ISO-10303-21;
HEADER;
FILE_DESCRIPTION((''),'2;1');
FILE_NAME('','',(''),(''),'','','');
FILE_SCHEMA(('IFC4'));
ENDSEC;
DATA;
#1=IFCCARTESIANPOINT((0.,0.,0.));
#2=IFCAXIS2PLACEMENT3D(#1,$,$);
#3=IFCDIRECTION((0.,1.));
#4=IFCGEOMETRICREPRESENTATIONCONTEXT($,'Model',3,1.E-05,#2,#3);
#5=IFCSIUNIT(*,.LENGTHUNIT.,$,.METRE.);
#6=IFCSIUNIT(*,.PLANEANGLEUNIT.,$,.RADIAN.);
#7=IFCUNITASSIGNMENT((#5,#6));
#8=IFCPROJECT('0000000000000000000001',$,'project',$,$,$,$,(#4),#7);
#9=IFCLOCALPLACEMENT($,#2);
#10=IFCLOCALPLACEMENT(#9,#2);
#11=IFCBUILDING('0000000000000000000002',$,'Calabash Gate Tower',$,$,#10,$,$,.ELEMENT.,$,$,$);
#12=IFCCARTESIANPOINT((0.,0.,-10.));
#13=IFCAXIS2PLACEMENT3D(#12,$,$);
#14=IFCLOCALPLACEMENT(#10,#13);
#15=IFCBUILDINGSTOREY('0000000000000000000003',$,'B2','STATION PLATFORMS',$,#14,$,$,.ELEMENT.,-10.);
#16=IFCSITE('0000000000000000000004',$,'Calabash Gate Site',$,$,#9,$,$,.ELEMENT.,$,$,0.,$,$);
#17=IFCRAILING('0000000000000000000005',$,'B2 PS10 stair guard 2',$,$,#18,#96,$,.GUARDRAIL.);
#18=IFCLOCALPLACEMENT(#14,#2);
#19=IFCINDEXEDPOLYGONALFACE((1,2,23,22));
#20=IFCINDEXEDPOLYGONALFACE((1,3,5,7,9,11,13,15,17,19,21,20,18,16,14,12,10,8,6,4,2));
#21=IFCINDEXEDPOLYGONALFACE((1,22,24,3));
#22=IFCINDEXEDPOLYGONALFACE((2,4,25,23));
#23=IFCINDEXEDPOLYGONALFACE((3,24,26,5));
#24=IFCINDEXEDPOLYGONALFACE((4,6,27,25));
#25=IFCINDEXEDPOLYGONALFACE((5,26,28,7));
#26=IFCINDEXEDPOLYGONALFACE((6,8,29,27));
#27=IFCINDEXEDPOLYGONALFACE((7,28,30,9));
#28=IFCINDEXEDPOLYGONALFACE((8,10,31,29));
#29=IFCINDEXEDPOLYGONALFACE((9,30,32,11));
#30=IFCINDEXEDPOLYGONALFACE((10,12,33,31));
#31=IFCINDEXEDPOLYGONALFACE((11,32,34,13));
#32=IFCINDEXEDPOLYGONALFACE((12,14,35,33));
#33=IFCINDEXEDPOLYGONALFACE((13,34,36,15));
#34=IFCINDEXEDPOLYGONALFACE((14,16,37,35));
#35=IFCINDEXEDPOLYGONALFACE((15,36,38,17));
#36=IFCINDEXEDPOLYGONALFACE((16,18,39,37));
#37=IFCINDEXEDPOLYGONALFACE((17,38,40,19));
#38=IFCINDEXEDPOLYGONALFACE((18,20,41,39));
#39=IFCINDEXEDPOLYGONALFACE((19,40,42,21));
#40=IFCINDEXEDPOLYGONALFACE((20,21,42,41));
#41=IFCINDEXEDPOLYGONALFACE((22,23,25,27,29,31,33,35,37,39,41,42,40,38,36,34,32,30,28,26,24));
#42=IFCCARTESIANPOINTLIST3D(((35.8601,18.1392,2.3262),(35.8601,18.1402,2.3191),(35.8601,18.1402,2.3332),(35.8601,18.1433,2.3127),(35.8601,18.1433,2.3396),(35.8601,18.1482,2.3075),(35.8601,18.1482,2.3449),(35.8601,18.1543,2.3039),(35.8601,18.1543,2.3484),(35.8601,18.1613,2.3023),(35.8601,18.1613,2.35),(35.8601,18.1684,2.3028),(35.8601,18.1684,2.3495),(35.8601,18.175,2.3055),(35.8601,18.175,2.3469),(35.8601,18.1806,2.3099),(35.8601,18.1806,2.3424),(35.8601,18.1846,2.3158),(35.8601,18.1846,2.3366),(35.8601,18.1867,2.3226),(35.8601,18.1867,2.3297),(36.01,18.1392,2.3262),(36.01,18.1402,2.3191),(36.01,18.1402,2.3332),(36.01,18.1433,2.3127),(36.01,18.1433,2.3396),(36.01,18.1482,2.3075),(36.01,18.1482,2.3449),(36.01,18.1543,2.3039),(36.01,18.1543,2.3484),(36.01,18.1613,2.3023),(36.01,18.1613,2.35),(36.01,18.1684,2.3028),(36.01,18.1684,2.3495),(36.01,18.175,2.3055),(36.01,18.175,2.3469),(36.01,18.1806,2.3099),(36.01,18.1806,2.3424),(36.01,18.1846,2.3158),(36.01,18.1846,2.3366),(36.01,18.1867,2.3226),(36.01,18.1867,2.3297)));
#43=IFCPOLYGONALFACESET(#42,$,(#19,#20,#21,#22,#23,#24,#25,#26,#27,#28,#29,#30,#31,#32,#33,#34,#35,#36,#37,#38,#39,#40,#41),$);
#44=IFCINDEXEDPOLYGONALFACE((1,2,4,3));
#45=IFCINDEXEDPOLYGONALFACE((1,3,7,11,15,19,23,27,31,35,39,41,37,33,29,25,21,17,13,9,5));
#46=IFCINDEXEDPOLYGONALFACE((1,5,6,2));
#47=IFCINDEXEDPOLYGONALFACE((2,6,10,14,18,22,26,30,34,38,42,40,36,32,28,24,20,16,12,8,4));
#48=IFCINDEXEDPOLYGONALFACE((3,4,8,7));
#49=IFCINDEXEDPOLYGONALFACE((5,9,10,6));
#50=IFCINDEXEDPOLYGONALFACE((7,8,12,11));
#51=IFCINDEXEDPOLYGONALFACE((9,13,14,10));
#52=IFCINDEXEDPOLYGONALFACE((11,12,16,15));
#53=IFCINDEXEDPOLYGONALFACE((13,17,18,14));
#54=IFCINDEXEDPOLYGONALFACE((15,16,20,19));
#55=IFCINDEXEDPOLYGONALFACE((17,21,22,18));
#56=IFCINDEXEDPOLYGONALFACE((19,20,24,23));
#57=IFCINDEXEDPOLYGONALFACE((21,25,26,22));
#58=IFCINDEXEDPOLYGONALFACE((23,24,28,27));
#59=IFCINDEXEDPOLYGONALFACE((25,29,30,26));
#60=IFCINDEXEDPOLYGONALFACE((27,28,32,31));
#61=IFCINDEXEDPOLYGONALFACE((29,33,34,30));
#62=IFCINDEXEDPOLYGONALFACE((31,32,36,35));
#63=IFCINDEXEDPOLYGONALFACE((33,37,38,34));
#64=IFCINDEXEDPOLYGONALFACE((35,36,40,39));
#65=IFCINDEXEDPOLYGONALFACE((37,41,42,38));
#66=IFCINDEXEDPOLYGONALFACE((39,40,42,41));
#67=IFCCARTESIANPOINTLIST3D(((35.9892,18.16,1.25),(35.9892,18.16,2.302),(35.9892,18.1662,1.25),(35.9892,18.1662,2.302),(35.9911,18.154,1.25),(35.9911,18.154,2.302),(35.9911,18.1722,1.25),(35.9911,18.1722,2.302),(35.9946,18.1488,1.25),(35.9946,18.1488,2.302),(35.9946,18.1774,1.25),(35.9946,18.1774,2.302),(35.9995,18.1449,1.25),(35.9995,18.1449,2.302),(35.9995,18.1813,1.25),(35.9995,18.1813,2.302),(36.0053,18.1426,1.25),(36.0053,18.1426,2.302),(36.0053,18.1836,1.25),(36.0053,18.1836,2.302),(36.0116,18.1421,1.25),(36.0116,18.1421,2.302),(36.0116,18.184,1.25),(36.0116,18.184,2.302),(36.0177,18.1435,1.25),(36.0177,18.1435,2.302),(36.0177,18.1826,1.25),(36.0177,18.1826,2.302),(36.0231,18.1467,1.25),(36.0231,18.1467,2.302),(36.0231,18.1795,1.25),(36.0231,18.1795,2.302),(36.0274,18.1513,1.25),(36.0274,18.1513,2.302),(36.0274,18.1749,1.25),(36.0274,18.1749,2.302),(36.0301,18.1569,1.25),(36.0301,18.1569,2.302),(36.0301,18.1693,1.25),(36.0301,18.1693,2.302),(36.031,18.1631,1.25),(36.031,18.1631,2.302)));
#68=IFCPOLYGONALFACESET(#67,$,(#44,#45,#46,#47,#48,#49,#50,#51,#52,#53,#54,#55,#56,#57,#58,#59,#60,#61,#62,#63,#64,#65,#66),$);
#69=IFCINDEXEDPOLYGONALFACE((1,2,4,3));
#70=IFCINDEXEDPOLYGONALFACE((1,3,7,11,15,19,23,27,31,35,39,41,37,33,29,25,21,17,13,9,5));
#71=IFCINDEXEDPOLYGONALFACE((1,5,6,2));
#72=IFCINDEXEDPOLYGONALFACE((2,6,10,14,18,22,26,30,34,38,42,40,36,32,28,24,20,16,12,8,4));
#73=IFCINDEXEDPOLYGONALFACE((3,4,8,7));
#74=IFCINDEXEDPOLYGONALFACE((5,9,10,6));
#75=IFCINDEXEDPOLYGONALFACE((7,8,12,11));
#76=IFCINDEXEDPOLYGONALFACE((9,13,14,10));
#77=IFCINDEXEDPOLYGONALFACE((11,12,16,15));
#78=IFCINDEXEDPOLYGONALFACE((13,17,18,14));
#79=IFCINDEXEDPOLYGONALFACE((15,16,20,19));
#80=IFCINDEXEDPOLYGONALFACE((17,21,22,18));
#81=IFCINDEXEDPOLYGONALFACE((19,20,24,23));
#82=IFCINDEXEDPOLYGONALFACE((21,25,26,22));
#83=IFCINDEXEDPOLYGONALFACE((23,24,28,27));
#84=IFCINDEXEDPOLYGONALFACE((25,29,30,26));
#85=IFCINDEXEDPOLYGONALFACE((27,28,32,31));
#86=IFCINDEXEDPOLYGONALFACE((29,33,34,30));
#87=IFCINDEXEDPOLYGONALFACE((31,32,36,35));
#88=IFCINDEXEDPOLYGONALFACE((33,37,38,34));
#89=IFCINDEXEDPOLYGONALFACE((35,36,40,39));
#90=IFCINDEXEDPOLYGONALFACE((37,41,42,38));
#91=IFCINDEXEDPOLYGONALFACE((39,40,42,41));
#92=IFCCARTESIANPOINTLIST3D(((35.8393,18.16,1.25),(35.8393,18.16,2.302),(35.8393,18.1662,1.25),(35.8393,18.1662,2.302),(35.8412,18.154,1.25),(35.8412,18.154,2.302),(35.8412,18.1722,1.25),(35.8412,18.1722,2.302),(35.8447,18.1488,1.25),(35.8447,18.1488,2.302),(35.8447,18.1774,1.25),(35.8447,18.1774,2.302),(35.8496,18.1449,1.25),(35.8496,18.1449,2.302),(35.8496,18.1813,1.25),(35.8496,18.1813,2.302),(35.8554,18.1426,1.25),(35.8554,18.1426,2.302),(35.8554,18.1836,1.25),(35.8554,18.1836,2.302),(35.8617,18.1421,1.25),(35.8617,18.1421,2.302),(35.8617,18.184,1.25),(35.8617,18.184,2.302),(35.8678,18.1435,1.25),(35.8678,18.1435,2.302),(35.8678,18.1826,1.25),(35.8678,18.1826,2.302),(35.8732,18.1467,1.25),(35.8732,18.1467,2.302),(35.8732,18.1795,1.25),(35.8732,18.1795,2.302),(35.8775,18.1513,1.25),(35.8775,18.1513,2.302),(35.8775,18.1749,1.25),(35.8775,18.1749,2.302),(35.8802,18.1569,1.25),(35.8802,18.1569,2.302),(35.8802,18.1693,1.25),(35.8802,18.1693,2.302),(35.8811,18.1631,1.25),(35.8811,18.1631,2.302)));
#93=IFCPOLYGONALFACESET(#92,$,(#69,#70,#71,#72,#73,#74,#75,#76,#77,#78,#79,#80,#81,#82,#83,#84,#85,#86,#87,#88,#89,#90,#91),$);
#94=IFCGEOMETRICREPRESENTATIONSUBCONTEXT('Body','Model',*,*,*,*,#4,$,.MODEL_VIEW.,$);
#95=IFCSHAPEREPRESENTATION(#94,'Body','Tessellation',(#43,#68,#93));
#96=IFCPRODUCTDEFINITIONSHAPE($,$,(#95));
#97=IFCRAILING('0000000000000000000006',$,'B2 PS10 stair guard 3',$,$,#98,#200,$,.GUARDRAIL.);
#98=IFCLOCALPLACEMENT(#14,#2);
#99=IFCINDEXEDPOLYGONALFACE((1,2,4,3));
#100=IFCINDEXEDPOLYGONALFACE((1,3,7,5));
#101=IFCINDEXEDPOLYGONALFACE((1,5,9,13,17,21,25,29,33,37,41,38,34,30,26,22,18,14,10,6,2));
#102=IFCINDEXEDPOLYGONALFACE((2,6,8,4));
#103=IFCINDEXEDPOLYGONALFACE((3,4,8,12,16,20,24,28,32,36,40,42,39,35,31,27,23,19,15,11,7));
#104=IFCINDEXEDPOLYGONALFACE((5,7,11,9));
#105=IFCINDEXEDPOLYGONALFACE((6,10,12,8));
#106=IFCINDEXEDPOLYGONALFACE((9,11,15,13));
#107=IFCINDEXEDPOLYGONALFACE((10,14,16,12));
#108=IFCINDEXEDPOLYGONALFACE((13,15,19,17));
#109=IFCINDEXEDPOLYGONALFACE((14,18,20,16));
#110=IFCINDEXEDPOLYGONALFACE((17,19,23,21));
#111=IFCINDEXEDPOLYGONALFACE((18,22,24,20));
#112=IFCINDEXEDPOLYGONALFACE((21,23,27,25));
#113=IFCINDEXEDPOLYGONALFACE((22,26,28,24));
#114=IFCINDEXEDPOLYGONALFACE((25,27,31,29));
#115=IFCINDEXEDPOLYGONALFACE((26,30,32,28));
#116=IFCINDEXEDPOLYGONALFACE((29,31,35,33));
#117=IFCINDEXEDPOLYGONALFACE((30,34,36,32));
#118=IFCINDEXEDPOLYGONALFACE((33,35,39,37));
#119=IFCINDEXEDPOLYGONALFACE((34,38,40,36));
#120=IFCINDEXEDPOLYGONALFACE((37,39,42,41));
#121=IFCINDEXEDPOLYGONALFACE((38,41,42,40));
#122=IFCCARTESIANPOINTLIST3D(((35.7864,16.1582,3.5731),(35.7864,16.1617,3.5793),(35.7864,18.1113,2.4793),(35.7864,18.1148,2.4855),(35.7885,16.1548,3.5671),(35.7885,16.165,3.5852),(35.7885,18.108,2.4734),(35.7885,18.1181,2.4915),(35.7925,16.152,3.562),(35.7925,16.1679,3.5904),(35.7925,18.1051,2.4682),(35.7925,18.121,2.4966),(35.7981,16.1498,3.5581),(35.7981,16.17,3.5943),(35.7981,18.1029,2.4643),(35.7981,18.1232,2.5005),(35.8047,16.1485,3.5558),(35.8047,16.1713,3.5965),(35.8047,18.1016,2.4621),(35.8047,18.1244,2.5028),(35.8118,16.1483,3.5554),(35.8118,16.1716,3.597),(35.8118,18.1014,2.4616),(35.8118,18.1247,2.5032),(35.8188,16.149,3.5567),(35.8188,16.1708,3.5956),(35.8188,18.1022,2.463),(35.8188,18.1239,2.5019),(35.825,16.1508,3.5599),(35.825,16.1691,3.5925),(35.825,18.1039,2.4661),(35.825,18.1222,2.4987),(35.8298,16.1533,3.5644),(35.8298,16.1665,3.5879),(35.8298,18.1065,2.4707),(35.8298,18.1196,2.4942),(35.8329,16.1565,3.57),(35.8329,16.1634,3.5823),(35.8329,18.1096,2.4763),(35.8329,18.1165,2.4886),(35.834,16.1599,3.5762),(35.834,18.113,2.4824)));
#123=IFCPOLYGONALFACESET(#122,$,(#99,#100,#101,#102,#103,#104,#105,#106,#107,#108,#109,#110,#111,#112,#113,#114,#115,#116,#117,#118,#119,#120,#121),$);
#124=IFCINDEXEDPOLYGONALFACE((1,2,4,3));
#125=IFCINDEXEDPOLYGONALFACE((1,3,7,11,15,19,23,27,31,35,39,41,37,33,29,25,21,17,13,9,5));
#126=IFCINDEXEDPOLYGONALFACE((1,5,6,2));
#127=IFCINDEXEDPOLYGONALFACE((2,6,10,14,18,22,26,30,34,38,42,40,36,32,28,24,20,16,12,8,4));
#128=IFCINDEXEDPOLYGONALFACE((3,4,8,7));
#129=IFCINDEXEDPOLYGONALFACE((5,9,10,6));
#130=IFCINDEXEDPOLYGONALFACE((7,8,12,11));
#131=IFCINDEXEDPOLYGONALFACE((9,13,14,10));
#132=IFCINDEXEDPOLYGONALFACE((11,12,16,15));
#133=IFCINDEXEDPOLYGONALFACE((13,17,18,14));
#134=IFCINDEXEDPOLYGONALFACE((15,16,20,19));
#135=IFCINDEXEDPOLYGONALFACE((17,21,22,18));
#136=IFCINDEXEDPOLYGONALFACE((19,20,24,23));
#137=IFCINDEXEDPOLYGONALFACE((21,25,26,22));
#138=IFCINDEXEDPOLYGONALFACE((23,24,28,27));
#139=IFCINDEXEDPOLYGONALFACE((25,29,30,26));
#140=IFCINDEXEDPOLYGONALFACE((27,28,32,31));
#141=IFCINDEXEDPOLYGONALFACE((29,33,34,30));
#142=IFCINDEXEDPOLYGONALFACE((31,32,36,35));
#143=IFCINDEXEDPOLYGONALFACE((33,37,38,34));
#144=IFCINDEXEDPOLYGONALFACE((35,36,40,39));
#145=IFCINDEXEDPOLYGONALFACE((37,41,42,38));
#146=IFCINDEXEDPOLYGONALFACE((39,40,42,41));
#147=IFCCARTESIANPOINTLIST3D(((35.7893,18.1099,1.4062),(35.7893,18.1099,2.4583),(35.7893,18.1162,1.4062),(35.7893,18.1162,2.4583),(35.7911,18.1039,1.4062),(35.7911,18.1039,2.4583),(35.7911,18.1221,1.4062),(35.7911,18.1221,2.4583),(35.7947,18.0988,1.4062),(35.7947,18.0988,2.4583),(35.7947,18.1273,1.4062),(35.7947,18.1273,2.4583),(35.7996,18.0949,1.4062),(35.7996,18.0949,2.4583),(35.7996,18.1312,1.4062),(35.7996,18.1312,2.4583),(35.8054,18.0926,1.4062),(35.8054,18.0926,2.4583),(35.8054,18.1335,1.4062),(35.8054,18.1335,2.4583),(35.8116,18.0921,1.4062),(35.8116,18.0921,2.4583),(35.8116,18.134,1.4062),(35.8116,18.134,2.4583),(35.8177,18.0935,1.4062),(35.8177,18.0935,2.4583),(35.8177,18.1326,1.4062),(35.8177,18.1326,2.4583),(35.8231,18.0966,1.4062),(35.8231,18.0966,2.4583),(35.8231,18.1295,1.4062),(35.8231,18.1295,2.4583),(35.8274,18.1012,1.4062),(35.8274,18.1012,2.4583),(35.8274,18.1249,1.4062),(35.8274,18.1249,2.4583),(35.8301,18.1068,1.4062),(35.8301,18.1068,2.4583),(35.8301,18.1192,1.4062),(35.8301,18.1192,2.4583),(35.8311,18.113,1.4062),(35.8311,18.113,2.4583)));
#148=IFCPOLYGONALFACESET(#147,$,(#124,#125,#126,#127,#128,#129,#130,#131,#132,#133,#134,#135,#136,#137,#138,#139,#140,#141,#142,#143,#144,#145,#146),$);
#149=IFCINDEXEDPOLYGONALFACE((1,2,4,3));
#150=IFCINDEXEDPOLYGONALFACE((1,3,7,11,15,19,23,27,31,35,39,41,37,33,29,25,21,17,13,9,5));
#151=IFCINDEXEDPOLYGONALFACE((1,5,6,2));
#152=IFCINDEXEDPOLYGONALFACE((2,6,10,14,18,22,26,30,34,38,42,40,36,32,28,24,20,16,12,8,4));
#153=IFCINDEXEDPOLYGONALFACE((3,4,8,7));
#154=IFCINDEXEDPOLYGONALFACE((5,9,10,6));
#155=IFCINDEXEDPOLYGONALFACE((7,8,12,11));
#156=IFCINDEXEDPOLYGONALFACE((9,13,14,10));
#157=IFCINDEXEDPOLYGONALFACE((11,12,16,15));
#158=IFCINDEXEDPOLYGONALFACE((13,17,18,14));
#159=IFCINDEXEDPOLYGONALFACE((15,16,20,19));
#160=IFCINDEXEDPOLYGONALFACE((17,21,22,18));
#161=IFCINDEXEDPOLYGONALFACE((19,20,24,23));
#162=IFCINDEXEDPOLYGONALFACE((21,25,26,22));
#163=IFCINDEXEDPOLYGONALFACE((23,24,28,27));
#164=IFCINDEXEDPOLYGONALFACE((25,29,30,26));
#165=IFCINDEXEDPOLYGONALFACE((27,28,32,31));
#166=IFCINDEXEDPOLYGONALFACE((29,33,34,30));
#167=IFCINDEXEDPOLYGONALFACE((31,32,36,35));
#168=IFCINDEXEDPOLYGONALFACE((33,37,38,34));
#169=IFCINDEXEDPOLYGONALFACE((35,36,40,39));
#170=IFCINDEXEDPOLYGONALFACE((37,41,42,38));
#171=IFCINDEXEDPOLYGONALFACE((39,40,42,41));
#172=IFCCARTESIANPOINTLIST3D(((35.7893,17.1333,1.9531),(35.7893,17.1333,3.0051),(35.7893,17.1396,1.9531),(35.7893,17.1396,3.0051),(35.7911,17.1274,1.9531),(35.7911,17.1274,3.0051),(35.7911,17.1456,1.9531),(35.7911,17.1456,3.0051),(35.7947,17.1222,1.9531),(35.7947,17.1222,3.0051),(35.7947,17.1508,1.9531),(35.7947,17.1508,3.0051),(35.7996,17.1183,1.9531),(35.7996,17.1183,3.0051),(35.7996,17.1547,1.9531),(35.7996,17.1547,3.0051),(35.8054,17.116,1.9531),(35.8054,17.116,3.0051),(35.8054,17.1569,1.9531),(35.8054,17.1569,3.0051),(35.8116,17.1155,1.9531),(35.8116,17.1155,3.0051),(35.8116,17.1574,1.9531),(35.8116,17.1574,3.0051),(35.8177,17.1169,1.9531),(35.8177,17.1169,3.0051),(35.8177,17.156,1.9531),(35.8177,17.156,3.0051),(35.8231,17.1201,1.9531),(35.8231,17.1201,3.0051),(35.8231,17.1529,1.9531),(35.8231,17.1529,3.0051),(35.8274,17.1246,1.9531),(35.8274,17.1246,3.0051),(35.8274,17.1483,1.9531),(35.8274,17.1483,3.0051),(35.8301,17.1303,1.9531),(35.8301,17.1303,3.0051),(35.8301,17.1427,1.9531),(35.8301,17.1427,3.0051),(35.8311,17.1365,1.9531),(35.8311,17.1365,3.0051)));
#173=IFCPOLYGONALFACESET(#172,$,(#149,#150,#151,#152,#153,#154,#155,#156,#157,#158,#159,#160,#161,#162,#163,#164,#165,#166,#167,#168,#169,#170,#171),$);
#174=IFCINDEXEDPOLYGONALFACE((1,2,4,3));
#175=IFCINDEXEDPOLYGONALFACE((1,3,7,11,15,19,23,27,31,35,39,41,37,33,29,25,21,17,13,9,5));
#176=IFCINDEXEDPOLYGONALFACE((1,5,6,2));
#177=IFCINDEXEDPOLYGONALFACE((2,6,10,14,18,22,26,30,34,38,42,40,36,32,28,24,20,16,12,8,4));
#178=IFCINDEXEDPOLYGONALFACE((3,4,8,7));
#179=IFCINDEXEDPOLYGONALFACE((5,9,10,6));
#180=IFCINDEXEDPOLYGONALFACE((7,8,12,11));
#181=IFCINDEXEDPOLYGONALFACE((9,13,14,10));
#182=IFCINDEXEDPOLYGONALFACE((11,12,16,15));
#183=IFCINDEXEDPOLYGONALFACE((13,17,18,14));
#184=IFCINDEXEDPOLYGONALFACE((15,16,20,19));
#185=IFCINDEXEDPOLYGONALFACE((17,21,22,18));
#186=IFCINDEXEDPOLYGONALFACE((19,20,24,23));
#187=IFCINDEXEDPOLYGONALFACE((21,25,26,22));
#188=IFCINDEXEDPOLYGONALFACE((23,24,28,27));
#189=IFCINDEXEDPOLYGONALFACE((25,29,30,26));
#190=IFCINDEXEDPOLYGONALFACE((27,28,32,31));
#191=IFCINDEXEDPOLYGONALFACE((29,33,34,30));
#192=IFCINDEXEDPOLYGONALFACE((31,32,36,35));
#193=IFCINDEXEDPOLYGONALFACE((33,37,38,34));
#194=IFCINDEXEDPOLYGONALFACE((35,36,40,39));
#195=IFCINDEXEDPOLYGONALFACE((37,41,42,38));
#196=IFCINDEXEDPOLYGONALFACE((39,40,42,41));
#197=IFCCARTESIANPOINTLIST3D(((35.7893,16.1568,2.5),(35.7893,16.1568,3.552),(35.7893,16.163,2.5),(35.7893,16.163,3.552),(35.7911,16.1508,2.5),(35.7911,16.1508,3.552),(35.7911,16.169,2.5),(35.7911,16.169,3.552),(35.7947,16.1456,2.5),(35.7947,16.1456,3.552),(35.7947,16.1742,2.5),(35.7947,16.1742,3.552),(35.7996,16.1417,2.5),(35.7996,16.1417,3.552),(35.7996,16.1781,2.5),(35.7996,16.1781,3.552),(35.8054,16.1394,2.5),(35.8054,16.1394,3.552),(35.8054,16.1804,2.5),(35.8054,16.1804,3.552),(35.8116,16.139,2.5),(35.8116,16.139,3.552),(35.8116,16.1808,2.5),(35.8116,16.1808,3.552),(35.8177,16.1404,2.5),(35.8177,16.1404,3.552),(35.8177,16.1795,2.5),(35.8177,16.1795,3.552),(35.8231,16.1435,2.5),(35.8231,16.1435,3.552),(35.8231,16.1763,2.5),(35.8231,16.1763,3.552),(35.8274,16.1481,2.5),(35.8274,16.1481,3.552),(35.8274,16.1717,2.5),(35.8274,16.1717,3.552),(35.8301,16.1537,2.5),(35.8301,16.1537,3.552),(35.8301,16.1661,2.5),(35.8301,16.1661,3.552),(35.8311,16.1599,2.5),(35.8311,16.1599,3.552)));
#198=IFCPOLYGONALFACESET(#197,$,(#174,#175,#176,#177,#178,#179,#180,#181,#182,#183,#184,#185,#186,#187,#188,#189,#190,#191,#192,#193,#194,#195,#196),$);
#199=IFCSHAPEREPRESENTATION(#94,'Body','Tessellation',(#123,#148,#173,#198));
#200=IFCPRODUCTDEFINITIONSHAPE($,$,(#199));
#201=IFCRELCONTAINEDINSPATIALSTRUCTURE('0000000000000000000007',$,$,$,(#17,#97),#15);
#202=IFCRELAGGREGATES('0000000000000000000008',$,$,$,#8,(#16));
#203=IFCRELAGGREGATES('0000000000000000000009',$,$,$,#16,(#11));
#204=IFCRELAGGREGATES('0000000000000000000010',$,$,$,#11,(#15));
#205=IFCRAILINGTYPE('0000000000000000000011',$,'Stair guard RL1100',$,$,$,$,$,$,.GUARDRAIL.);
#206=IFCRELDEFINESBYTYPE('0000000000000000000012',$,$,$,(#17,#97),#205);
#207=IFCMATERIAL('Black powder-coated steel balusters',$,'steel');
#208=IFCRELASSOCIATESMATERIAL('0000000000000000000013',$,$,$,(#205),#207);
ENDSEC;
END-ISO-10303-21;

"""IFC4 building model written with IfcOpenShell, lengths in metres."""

from ifc_helpers import new_model, si_unit, direction, frame, origin, origin_2d, place, context, subcontext, project, spatial, circle, extrude, material, type_object, element, save


model = new_model("IFC4")

# Units and contexts
model_context = context("Model", 3, precision=1e-05, world=origin(), true_north=direction((0.0, 1.0)))
body_context = subcontext(model_context, "Body", "Model", "MODEL_VIEW")
ifc_project = project(units=[si_unit("LENGTHUNIT", "METRE"), si_unit("PLANEANGLEUNIT", "RADIAN")], contexts=[model_context])

# Site, building, storey
site_placement = place(None, origin())
site = spatial("IfcSite", under=ifc_project, at=site_placement, Name="Calabash Gate Site", CompositionType="ELEMENT", RefElevation=0.0)
building_placement = place(site_placement, origin())
building = spatial("IfcBuilding", under=site, at=building_placement, Name="Calabash Gate Tower", CompositionType="ELEMENT")
storey_placement = place(building_placement, frame((0.0, 0.0, -10.0)))
storey = spatial("IfcBuildingStorey", under=building, at=storey_placement, Name="B2", Description="STATION PLATFORMS", CompositionType="ELEMENT", Elevation=-10.0)

# Railings
ifc_material_1 = material(Name="Black powder-coated steel balusters", Category="steel")
railing_type_1 = type_object("IfcRailingType", Name="Stair guard RL1100", PredefinedType="GUARDRAIL", material=ifc_material_1)
railing_1_placement = place(storey_placement, frame((36.01, 18.1631, 1.25)))
element("IfcRailing", 1, at=railing_1_placement, inside=storey, type_object=railing_type_1, Name="B2 PS10 stair guard 2", PredefinedType="GUARDRAIL", context=body_context, shape_type="SweptSolid", body=[
    extrude(circle(Radius=0.0239, at=origin_2d()), frame((0.0, 0.0, 1.0762), z_axis=(-1.0, 0.0, 0.0), x_axis=(0.0, -1.0, 0.0)), (0.0, 0.0, 1.0), 0.1499),
    extrude(circle(Radius=0.021, at=origin_2d()), origin(), (0.0, 0.0, 1.0), 1.052),
    extrude(circle(Radius=0.021, at=origin_2d()), frame((-0.1499, 0.0, 0.0)), (0.0, 0.0, 1.0), 1.052),
])
railing_2_placement = place(storey_placement, frame((35.8101, 18.113, 1.4062)))
element("IfcRailing", 2, at=railing_2_placement, inside=storey, type_object=railing_type_1, Name="B2 PS10 stair guard 3", PredefinedType="GUARDRAIL", context=body_context, shape_type="SweptSolid", body=[
    extrude(circle(Radius=0.0239, at=origin_2d()), frame((0.0, 0.0, 1.0762), z_axis=(0.0, -0.872506, 0.488603), x_axis=(1.0, 0.0, 0.0)), (0.0, 0.0, 1.0), 2.2385),
    extrude(circle(Radius=0.021, at=origin_2d()), origin(), (0.0, 0.0, 1.0), 1.052),
    extrude(circle(Radius=0.021, at=origin_2d()), frame((0.0, -0.9766, 0.5469)), (0.0, 0.0, 1.0), 1.052),
    extrude(circle(Radius=0.021, at=origin_2d()), frame((0.0, -1.9531, 1.0938)), (0.0, 0.0, 1.0), 1.052),
])

save(model, "model.ifc")
